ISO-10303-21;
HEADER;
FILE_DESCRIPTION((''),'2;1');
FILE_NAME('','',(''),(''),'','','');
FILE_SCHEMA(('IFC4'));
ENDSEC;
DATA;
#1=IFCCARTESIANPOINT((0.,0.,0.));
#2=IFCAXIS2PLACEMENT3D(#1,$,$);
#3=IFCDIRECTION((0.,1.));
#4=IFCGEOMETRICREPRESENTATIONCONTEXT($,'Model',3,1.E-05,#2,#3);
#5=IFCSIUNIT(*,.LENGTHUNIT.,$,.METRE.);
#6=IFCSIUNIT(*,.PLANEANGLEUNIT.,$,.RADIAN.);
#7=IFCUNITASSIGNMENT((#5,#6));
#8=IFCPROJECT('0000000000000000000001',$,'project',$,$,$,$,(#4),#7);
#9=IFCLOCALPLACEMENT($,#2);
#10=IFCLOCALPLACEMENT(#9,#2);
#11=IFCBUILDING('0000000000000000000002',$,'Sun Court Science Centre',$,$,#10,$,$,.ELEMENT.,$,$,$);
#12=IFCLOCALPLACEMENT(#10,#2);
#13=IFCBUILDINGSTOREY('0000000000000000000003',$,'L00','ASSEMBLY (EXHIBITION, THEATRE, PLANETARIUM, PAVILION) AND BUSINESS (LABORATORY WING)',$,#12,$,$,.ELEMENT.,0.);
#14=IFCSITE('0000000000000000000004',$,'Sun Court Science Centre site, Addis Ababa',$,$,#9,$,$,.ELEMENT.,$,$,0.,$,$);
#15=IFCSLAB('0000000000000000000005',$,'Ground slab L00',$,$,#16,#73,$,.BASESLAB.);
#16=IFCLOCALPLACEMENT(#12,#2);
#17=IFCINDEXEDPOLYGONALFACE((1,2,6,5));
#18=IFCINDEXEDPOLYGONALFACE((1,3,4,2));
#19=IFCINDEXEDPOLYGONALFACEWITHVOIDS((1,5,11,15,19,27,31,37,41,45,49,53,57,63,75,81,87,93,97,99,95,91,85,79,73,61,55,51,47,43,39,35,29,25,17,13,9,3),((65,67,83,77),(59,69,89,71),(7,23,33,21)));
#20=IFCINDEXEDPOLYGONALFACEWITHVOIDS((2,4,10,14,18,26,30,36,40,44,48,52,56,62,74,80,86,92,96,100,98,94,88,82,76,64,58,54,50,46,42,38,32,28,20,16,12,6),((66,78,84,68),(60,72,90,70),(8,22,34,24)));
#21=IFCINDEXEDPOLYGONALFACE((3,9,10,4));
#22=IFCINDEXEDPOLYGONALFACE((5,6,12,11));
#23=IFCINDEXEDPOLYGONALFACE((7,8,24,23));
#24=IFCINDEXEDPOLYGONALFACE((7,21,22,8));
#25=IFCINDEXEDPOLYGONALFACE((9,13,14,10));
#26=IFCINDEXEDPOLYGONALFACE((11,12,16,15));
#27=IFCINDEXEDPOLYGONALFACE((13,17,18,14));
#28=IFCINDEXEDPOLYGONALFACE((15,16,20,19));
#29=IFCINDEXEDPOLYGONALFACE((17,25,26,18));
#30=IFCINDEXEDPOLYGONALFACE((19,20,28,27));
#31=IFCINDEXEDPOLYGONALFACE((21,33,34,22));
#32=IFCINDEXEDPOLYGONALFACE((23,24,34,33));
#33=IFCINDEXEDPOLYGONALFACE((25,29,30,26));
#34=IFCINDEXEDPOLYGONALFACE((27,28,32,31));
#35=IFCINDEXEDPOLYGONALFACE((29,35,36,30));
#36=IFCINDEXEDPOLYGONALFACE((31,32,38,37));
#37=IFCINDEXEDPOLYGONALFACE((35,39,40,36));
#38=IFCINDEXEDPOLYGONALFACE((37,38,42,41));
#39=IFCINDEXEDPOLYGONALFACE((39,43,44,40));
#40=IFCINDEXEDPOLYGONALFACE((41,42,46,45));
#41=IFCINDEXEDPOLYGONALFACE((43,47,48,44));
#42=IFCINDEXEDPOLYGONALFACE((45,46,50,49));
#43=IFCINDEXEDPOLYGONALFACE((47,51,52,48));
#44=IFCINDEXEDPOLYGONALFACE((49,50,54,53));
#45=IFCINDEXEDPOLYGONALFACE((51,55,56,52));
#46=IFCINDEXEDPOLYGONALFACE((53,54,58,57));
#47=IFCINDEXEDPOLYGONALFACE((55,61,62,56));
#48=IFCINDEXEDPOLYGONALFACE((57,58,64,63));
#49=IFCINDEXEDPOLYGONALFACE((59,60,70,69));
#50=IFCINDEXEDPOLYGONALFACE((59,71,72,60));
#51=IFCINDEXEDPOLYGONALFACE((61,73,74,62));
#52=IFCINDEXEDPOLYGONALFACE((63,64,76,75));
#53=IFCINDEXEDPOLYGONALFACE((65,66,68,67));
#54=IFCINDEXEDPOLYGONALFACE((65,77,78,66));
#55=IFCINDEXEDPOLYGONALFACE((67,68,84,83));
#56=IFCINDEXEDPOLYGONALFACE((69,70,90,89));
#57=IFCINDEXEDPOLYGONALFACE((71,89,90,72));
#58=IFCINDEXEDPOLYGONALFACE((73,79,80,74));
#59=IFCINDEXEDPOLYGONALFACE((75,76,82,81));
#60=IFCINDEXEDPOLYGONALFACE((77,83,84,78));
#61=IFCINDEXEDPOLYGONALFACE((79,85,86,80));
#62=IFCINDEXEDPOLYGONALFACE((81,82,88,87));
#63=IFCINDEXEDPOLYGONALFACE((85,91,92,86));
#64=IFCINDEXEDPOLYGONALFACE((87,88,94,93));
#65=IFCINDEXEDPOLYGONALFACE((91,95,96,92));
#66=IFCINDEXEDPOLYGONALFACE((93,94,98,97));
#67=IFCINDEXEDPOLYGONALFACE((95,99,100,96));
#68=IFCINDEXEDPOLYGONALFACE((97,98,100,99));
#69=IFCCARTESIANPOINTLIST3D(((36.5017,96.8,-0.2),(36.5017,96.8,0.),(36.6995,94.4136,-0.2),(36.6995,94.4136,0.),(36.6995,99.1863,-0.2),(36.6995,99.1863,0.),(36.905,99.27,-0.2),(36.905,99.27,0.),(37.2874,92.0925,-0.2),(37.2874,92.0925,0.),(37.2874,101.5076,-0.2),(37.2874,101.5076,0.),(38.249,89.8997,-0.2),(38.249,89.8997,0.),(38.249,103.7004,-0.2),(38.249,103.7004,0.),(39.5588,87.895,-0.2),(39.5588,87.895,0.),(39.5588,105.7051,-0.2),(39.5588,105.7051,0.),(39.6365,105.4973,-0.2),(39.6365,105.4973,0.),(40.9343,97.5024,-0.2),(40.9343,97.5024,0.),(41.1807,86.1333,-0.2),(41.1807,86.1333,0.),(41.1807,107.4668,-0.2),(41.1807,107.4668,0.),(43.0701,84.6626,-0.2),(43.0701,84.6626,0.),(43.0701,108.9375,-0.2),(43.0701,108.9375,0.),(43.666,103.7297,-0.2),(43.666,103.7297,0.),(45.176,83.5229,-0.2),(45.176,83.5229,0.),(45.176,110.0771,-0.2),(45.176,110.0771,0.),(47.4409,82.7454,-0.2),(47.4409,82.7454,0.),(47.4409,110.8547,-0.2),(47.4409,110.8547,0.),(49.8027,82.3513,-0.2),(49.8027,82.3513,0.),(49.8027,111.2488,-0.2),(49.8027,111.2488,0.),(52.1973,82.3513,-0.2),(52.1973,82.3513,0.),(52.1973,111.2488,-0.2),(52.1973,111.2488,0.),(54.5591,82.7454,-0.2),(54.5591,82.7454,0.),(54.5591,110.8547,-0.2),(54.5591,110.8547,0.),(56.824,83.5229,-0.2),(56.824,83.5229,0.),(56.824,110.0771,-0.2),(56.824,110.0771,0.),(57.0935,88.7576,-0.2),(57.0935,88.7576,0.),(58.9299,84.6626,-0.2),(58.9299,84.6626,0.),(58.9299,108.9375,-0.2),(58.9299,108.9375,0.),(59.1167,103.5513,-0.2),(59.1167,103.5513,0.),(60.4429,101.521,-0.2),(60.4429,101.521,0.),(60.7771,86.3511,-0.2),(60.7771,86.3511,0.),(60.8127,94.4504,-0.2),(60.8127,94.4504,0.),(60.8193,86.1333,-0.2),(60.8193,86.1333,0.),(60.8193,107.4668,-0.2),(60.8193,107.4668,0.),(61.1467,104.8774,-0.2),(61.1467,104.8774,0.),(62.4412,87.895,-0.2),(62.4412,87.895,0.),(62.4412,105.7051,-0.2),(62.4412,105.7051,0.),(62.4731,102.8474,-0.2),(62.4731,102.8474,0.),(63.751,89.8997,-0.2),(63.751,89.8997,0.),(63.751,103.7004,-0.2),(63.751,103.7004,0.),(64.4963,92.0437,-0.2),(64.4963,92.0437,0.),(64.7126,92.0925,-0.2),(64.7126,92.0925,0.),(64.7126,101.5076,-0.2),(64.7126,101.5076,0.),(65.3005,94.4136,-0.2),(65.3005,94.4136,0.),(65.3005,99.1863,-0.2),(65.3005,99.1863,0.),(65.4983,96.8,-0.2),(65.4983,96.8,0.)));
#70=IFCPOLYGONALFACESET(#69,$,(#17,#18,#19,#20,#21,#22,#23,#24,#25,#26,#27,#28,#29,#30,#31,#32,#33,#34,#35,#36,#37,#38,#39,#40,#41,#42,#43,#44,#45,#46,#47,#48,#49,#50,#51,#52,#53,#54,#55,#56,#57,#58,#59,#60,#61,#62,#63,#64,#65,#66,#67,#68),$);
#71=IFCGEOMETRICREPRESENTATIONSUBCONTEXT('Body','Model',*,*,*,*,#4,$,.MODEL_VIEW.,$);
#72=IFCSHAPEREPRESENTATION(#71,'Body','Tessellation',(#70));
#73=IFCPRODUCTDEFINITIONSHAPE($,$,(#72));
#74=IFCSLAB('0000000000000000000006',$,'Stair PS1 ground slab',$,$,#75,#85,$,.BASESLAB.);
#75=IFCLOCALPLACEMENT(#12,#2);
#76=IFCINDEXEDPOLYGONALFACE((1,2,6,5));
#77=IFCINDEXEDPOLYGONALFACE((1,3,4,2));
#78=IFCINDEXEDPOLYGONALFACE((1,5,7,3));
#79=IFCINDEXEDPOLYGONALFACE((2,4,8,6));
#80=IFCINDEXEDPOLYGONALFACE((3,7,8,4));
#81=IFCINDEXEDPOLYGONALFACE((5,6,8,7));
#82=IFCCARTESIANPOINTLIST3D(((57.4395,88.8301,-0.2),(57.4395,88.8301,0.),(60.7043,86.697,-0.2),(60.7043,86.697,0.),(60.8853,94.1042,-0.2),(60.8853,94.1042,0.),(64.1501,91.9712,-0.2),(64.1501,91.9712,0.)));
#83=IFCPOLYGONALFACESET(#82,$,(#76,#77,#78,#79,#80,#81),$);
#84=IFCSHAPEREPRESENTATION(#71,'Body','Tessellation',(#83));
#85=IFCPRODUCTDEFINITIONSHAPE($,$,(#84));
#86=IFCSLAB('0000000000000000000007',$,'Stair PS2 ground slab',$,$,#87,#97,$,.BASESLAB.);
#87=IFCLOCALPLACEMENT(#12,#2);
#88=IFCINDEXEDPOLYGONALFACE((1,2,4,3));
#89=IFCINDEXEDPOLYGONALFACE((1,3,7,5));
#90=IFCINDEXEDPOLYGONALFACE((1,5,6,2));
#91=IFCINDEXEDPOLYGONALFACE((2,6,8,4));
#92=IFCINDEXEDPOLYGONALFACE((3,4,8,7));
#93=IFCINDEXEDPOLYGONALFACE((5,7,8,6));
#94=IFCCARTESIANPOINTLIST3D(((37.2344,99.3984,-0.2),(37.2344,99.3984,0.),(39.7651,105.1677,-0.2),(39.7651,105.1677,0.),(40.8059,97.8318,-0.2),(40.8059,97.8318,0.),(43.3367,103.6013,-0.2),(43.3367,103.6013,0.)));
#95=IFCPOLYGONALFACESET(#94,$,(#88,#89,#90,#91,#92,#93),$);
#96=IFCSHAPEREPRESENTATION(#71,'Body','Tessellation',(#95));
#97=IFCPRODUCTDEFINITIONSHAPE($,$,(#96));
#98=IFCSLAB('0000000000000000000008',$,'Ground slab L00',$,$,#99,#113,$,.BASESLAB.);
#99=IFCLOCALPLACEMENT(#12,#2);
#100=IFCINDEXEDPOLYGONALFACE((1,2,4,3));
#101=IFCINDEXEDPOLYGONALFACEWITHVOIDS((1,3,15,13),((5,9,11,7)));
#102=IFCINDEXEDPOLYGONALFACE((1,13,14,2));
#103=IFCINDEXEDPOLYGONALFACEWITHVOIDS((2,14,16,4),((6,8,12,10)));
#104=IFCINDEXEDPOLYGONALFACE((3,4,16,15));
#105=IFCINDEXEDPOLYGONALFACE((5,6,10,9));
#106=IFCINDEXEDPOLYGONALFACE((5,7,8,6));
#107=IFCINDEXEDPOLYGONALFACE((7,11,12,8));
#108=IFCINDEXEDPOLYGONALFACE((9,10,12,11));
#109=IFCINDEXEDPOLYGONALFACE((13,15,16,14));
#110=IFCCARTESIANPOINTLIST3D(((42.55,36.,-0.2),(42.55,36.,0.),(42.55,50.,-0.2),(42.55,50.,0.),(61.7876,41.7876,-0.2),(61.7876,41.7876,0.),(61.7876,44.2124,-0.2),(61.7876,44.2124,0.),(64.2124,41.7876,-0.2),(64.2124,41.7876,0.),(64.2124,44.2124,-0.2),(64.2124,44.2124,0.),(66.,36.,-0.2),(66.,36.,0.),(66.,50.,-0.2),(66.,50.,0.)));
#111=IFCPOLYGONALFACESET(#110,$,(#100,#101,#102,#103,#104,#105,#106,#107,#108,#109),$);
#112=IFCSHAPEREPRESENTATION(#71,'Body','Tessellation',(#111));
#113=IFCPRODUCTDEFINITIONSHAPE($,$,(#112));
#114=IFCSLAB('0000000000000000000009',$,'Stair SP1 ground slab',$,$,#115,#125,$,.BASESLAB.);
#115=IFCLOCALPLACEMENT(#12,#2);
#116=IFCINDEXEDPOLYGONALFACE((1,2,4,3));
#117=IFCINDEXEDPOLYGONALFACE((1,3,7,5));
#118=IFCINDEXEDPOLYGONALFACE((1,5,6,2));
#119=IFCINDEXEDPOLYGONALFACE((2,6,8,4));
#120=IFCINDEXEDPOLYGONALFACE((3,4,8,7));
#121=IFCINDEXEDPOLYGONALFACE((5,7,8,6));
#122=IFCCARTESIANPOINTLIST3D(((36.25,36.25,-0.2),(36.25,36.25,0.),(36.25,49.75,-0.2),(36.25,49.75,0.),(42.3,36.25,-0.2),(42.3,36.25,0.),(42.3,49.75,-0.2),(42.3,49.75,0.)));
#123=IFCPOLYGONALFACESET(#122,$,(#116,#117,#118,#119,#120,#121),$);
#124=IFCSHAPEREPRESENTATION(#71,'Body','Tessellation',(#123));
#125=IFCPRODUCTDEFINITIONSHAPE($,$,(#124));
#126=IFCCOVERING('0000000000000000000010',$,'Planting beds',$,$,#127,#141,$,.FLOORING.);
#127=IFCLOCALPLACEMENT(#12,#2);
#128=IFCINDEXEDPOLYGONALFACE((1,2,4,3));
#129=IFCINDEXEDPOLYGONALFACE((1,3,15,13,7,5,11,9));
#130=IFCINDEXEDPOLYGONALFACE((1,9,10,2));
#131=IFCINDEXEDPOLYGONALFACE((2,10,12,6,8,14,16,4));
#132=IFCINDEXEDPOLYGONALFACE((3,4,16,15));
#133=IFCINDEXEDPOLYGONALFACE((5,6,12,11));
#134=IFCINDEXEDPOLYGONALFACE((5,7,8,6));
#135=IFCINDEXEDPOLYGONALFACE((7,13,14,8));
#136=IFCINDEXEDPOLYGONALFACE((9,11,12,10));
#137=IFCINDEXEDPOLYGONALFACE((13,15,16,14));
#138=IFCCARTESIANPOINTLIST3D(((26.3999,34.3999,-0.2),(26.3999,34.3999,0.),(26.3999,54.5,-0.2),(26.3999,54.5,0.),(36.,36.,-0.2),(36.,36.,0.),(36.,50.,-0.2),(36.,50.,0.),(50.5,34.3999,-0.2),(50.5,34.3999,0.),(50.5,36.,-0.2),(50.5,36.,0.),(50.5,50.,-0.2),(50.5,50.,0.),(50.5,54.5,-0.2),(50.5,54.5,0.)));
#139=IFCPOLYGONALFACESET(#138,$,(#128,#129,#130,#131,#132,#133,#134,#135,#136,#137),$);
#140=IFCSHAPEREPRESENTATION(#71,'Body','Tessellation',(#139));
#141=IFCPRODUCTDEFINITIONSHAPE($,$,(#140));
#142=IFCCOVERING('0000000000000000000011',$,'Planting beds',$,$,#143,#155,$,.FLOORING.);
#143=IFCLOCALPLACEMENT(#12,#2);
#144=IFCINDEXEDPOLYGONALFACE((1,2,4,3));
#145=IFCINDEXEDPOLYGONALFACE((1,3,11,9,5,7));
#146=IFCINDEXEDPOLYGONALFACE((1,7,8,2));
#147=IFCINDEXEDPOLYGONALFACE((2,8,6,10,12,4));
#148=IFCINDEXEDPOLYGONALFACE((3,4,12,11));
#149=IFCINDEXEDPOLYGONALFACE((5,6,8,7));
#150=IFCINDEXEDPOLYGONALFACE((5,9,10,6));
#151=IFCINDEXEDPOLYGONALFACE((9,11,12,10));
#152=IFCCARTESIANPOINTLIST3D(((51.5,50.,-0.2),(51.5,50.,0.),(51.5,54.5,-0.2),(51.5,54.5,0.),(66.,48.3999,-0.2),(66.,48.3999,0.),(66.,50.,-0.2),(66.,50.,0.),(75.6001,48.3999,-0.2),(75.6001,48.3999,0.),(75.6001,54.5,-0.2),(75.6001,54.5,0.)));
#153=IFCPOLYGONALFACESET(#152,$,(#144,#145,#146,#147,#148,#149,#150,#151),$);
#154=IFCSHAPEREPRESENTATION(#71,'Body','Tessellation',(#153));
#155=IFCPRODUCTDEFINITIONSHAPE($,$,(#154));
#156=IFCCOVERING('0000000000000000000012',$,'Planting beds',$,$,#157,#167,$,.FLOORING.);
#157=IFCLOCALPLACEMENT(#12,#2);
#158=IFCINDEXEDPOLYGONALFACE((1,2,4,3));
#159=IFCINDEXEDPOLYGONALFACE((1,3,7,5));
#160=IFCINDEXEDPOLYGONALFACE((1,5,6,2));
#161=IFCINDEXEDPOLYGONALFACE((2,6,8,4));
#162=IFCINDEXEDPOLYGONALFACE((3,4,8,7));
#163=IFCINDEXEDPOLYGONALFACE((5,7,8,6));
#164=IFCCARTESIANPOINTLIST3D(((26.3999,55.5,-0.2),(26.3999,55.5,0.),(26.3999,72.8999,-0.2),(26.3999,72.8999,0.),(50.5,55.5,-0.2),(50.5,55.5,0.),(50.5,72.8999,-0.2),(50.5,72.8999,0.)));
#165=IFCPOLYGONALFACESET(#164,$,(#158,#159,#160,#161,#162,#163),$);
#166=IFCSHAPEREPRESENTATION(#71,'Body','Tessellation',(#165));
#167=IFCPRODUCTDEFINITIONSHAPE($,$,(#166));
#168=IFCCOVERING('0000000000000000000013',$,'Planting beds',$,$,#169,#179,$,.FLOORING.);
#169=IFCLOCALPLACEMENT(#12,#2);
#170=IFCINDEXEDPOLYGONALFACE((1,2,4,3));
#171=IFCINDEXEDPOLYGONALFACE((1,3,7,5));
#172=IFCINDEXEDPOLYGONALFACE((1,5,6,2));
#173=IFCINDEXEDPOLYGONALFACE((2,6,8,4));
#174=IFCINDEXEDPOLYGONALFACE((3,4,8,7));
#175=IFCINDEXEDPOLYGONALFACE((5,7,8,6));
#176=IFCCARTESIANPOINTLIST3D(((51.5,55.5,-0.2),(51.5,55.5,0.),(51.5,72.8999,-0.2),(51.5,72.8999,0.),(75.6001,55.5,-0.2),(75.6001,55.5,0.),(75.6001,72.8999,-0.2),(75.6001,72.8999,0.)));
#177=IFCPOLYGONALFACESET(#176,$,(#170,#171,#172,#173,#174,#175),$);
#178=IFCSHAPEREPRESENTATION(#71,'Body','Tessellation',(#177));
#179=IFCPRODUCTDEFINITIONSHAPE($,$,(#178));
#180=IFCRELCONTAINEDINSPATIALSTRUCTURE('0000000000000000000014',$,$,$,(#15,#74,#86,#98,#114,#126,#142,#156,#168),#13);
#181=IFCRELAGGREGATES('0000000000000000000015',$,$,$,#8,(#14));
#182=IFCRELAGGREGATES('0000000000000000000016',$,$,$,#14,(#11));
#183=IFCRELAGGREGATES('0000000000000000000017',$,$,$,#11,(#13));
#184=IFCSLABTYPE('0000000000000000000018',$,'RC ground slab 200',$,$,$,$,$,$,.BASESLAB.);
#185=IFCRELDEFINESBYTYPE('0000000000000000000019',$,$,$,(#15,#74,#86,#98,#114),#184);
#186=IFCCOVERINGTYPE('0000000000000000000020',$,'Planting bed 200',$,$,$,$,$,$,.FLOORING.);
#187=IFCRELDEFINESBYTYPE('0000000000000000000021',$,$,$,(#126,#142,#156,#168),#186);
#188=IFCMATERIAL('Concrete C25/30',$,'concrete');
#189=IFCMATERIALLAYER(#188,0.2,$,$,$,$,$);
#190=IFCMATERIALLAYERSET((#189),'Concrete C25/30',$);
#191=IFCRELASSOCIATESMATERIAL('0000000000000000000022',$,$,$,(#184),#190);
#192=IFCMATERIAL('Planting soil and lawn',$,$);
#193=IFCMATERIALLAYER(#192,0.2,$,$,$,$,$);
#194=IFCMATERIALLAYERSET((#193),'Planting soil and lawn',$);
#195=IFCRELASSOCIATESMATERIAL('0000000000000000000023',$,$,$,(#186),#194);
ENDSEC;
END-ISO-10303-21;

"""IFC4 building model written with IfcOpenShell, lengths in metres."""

from ifc_helpers import new_model, si_unit, direction, frame, origin, place, context, subcontext, project, spatial, polyline, outline, extrude, material, layer, layer_set, type_object, element, save


model = new_model("IFC4")

# Units and contexts
model_context = context("Model", 3, precision=1e-05, world=origin(), true_north=direction((0.0, 1.0)))
body_context = subcontext(model_context, "Body", "Model", "MODEL_VIEW")
ifc_project = project(units=[si_unit("LENGTHUNIT", "METRE"), si_unit("PLANEANGLEUNIT", "RADIAN")], contexts=[model_context])

# Site, building, storey
site_placement = place(None, origin())
site = spatial("IfcSite", under=ifc_project, at=site_placement, Name="Sun Court Science Centre site, Addis Ababa", CompositionType="ELEMENT", RefElevation=0.0)
building_placement = place(site_placement, origin())
building = spatial("IfcBuilding", under=site, at=building_placement, Name="Sun Court Science Centre", CompositionType="ELEMENT")
storey_placement = place(building_placement, origin())
storey = spatial("IfcBuildingStorey", under=building, at=storey_placement, Name="L00", Description="ASSEMBLY (EXHIBITION, THEATRE, PLANETARIUM, PAVILION) AND BUSINESS (LABORATORY WING)", CompositionType="ELEMENT", Elevation=0.0)

# Slabs
ifc_material_1 = material(Name="Concrete C25/30", Category="concrete")
ifc_layer_1 = layer(ifc_material_1, 0.2)
ifc_layer_set_1 = layer_set([ifc_layer_1], Name="Concrete C25/30")
slab_type = type_object("IfcSlabType", Name="RC ground slab 200", PredefinedType="BASESLAB", material=ifc_layer_set_1)
slab_1_placement = place(storey_placement, frame((0.0, 0.0, -0.2)))
element("IfcSlab", 1, at=slab_1_placement, inside=storey, type_object=slab_type, Name="Ground slab L00", PredefinedType="BASESLAB", context=body_context, shape_type="SweptSolid", body=[
    extrude(outline(polyline([(65.4983, 96.8), (65.3005, 99.1863), (64.7126, 101.5076), (63.751, 103.7004), (62.4412, 105.7051), (60.8193, 107.4668), (58.9299, 108.9375), (56.824, 110.0771), (54.5591, 110.8547), (52.1973, 111.2488), (49.8027, 111.2488), (47.4409, 110.8547), (45.176, 110.0771), (43.0701, 108.9375), (41.1807, 107.4668), (39.5588, 105.7051), (38.249, 103.7004), (37.2874, 101.5076), (36.6995, 99.1863), (36.5017, 96.8), (36.6995, 94.4136), (37.2874, 92.0925), (38.249, 89.8997), (39.5588, 87.895), (41.1807, 86.1333), (43.0701, 84.6626), (45.176, 83.5229), (47.4409, 82.7454), (49.8027, 82.3513), (52.1973, 82.3513), (54.5591, 82.7454), (56.824, 83.5229), (58.9299, 84.6626), (60.8193, 86.1333), (62.4412, 87.895), (63.751, 89.8997), (64.7126, 92.0925), (65.3005, 94.4136), (65.4983, 96.8)]), holes=[polyline([(57.0935, 88.7576), (60.8127, 94.4504), (64.4963, 92.0437), (60.7771, 86.3511), (57.0935, 88.7576)]), polyline([(59.1167, 103.5513), (61.1467, 104.8774), (62.4731, 102.8474), (60.4429, 101.521), (59.1167, 103.5513)]), polyline([(40.9343, 97.5024), (36.905, 99.27), (39.6365, 105.4973), (43.666, 103.7297), (40.9343, 97.5024)])]), origin(), (0.0, 0.0, 1.0), 0.2),
])
slab_2_placement = place(storey_placement, frame((0.0, 0.0, -0.2)))
element("IfcSlab", 2, at=slab_2_placement, inside=storey, type_object=slab_type, Name="Stair PS1 ground slab", PredefinedType="BASESLAB", context=body_context, shape_type="SweptSolid", body=[
    extrude(outline(polyline([(57.4395, 88.8301), (60.7043, 86.697), (64.1501, 91.9712), (60.8853, 94.1042), (57.4395, 88.8301)])), origin(), (0.0, 0.0, 1.0), 0.2),
])
slab_3_placement = place(storey_placement, frame((0.0, 0.0, -0.2)))
element("IfcSlab", 3, at=slab_3_placement, inside=storey, type_object=slab_type, Name="Stair PS2 ground slab", PredefinedType="BASESLAB", context=body_context, shape_type="SweptSolid", body=[
    extrude(outline(polyline([(43.3367, 103.6013), (39.7651, 105.1677), (37.2344, 99.3984), (40.8059, 97.8318), (43.3367, 103.6013)])), origin(), (0.0, 0.0, 1.0), 0.2),
])
slab_4_placement = place(storey_placement, frame((0.0, 0.0, -0.2)))
element("IfcSlab", 4, at=slab_4_placement, inside=storey, type_object=slab_type, Name="Ground slab L00", PredefinedType="BASESLAB", context=body_context, shape_type="SweptSolid", body=[
    extrude(outline(polyline([(66.0, 50.0), (42.55, 50.0), (42.55, 36.0), (66.0, 36.0), (66.0, 50.0)]), holes=[polyline([(61.7876, 41.7876), (61.7876, 44.2124), (64.2124, 44.2124), (64.2124, 41.7876), (61.7876, 41.7876)])]), origin(), (0.0, 0.0, 1.0), 0.2),
])
slab_5_placement = place(storey_placement, frame((0.0, 0.0, -0.2)))
element("IfcSlab", 5, at=slab_5_placement, inside=storey, type_object=slab_type, Name="Stair SP1 ground slab", PredefinedType="BASESLAB", context=body_context, shape_type="SweptSolid", body=[
    extrude(outline(polyline([(36.25, 36.25), (42.3, 36.25), (42.3, 49.75), (36.25, 49.75), (36.25, 36.25)])), origin(), (0.0, 0.0, 1.0), 0.2),
])

# Coverings
ifc_material_2 = material(Name="Planting soil and lawn")
ifc_layer_2 = layer(ifc_material_2, 0.2)
ifc_layer_set_2 = layer_set([ifc_layer_2], Name="Planting soil and lawn")
covering_type_1 = type_object("IfcCoveringType", Name="Planting bed 200", PredefinedType="FLOORING", material=ifc_layer_set_2)
covering_1_placement = place(storey_placement, frame((0.0, 0.0, -0.2)))
element("IfcCovering", 6, at=covering_1_placement, inside=storey, type_object=covering_type_1, Name="Planting beds", PredefinedType="FLOORING", context=body_context, shape_type="SweptSolid", body=[
    extrude(outline(polyline([(50.5, 54.5), (50.5, 50.0), (36.0, 50.0), (36.0, 36.0), (50.5, 36.0), (50.5, 34.3999), (26.3999, 34.3999), (26.3999, 54.5), (50.5, 54.5)])), origin(), (0.0, 0.0, 1.0), 0.2),
])
covering_2_placement = place(storey_placement, frame((0.0, 0.0, -0.2)))
element("IfcCovering", 7, at=covering_2_placement, inside=storey, type_object=covering_type_1, Name="Planting beds", PredefinedType="FLOORING", context=body_context, shape_type="SweptSolid", body=[
    extrude(outline(polyline([(66.0, 50.0), (51.5, 50.0), (51.5, 54.5), (75.6001, 54.5), (75.6001, 48.3999), (66.0, 48.3999), (66.0, 50.0)])), origin(), (0.0, 0.0, 1.0), 0.2),
])
covering_3_placement = place(storey_placement, frame((0.0, 0.0, -0.2)))
element("IfcCovering", 8, at=covering_3_placement, inside=storey, type_object=covering_type_1, Name="Planting beds", PredefinedType="FLOORING", context=body_context, shape_type="SweptSolid", body=[
    extrude(outline(polyline([(26.3999, 55.5), (26.3999, 72.8999), (50.5, 72.8999), (50.5, 55.5), (26.3999, 55.5)])), origin(), (0.0, 0.0, 1.0), 0.2),
])
covering_4_placement = place(storey_placement, frame((0.0, 0.0, -0.2)))
element("IfcCovering", 9, at=covering_4_placement, inside=storey, type_object=covering_type_1, Name="Planting beds", PredefinedType="FLOORING", context=body_context, shape_type="SweptSolid", body=[
    extrude(outline(polyline([(75.6001, 55.5), (51.5, 55.5), (51.5, 72.8999), (75.6001, 72.8999), (75.6001, 55.5)])), origin(), (0.0, 0.0, 1.0), 0.2),
])

save(model, "model.ifc")
